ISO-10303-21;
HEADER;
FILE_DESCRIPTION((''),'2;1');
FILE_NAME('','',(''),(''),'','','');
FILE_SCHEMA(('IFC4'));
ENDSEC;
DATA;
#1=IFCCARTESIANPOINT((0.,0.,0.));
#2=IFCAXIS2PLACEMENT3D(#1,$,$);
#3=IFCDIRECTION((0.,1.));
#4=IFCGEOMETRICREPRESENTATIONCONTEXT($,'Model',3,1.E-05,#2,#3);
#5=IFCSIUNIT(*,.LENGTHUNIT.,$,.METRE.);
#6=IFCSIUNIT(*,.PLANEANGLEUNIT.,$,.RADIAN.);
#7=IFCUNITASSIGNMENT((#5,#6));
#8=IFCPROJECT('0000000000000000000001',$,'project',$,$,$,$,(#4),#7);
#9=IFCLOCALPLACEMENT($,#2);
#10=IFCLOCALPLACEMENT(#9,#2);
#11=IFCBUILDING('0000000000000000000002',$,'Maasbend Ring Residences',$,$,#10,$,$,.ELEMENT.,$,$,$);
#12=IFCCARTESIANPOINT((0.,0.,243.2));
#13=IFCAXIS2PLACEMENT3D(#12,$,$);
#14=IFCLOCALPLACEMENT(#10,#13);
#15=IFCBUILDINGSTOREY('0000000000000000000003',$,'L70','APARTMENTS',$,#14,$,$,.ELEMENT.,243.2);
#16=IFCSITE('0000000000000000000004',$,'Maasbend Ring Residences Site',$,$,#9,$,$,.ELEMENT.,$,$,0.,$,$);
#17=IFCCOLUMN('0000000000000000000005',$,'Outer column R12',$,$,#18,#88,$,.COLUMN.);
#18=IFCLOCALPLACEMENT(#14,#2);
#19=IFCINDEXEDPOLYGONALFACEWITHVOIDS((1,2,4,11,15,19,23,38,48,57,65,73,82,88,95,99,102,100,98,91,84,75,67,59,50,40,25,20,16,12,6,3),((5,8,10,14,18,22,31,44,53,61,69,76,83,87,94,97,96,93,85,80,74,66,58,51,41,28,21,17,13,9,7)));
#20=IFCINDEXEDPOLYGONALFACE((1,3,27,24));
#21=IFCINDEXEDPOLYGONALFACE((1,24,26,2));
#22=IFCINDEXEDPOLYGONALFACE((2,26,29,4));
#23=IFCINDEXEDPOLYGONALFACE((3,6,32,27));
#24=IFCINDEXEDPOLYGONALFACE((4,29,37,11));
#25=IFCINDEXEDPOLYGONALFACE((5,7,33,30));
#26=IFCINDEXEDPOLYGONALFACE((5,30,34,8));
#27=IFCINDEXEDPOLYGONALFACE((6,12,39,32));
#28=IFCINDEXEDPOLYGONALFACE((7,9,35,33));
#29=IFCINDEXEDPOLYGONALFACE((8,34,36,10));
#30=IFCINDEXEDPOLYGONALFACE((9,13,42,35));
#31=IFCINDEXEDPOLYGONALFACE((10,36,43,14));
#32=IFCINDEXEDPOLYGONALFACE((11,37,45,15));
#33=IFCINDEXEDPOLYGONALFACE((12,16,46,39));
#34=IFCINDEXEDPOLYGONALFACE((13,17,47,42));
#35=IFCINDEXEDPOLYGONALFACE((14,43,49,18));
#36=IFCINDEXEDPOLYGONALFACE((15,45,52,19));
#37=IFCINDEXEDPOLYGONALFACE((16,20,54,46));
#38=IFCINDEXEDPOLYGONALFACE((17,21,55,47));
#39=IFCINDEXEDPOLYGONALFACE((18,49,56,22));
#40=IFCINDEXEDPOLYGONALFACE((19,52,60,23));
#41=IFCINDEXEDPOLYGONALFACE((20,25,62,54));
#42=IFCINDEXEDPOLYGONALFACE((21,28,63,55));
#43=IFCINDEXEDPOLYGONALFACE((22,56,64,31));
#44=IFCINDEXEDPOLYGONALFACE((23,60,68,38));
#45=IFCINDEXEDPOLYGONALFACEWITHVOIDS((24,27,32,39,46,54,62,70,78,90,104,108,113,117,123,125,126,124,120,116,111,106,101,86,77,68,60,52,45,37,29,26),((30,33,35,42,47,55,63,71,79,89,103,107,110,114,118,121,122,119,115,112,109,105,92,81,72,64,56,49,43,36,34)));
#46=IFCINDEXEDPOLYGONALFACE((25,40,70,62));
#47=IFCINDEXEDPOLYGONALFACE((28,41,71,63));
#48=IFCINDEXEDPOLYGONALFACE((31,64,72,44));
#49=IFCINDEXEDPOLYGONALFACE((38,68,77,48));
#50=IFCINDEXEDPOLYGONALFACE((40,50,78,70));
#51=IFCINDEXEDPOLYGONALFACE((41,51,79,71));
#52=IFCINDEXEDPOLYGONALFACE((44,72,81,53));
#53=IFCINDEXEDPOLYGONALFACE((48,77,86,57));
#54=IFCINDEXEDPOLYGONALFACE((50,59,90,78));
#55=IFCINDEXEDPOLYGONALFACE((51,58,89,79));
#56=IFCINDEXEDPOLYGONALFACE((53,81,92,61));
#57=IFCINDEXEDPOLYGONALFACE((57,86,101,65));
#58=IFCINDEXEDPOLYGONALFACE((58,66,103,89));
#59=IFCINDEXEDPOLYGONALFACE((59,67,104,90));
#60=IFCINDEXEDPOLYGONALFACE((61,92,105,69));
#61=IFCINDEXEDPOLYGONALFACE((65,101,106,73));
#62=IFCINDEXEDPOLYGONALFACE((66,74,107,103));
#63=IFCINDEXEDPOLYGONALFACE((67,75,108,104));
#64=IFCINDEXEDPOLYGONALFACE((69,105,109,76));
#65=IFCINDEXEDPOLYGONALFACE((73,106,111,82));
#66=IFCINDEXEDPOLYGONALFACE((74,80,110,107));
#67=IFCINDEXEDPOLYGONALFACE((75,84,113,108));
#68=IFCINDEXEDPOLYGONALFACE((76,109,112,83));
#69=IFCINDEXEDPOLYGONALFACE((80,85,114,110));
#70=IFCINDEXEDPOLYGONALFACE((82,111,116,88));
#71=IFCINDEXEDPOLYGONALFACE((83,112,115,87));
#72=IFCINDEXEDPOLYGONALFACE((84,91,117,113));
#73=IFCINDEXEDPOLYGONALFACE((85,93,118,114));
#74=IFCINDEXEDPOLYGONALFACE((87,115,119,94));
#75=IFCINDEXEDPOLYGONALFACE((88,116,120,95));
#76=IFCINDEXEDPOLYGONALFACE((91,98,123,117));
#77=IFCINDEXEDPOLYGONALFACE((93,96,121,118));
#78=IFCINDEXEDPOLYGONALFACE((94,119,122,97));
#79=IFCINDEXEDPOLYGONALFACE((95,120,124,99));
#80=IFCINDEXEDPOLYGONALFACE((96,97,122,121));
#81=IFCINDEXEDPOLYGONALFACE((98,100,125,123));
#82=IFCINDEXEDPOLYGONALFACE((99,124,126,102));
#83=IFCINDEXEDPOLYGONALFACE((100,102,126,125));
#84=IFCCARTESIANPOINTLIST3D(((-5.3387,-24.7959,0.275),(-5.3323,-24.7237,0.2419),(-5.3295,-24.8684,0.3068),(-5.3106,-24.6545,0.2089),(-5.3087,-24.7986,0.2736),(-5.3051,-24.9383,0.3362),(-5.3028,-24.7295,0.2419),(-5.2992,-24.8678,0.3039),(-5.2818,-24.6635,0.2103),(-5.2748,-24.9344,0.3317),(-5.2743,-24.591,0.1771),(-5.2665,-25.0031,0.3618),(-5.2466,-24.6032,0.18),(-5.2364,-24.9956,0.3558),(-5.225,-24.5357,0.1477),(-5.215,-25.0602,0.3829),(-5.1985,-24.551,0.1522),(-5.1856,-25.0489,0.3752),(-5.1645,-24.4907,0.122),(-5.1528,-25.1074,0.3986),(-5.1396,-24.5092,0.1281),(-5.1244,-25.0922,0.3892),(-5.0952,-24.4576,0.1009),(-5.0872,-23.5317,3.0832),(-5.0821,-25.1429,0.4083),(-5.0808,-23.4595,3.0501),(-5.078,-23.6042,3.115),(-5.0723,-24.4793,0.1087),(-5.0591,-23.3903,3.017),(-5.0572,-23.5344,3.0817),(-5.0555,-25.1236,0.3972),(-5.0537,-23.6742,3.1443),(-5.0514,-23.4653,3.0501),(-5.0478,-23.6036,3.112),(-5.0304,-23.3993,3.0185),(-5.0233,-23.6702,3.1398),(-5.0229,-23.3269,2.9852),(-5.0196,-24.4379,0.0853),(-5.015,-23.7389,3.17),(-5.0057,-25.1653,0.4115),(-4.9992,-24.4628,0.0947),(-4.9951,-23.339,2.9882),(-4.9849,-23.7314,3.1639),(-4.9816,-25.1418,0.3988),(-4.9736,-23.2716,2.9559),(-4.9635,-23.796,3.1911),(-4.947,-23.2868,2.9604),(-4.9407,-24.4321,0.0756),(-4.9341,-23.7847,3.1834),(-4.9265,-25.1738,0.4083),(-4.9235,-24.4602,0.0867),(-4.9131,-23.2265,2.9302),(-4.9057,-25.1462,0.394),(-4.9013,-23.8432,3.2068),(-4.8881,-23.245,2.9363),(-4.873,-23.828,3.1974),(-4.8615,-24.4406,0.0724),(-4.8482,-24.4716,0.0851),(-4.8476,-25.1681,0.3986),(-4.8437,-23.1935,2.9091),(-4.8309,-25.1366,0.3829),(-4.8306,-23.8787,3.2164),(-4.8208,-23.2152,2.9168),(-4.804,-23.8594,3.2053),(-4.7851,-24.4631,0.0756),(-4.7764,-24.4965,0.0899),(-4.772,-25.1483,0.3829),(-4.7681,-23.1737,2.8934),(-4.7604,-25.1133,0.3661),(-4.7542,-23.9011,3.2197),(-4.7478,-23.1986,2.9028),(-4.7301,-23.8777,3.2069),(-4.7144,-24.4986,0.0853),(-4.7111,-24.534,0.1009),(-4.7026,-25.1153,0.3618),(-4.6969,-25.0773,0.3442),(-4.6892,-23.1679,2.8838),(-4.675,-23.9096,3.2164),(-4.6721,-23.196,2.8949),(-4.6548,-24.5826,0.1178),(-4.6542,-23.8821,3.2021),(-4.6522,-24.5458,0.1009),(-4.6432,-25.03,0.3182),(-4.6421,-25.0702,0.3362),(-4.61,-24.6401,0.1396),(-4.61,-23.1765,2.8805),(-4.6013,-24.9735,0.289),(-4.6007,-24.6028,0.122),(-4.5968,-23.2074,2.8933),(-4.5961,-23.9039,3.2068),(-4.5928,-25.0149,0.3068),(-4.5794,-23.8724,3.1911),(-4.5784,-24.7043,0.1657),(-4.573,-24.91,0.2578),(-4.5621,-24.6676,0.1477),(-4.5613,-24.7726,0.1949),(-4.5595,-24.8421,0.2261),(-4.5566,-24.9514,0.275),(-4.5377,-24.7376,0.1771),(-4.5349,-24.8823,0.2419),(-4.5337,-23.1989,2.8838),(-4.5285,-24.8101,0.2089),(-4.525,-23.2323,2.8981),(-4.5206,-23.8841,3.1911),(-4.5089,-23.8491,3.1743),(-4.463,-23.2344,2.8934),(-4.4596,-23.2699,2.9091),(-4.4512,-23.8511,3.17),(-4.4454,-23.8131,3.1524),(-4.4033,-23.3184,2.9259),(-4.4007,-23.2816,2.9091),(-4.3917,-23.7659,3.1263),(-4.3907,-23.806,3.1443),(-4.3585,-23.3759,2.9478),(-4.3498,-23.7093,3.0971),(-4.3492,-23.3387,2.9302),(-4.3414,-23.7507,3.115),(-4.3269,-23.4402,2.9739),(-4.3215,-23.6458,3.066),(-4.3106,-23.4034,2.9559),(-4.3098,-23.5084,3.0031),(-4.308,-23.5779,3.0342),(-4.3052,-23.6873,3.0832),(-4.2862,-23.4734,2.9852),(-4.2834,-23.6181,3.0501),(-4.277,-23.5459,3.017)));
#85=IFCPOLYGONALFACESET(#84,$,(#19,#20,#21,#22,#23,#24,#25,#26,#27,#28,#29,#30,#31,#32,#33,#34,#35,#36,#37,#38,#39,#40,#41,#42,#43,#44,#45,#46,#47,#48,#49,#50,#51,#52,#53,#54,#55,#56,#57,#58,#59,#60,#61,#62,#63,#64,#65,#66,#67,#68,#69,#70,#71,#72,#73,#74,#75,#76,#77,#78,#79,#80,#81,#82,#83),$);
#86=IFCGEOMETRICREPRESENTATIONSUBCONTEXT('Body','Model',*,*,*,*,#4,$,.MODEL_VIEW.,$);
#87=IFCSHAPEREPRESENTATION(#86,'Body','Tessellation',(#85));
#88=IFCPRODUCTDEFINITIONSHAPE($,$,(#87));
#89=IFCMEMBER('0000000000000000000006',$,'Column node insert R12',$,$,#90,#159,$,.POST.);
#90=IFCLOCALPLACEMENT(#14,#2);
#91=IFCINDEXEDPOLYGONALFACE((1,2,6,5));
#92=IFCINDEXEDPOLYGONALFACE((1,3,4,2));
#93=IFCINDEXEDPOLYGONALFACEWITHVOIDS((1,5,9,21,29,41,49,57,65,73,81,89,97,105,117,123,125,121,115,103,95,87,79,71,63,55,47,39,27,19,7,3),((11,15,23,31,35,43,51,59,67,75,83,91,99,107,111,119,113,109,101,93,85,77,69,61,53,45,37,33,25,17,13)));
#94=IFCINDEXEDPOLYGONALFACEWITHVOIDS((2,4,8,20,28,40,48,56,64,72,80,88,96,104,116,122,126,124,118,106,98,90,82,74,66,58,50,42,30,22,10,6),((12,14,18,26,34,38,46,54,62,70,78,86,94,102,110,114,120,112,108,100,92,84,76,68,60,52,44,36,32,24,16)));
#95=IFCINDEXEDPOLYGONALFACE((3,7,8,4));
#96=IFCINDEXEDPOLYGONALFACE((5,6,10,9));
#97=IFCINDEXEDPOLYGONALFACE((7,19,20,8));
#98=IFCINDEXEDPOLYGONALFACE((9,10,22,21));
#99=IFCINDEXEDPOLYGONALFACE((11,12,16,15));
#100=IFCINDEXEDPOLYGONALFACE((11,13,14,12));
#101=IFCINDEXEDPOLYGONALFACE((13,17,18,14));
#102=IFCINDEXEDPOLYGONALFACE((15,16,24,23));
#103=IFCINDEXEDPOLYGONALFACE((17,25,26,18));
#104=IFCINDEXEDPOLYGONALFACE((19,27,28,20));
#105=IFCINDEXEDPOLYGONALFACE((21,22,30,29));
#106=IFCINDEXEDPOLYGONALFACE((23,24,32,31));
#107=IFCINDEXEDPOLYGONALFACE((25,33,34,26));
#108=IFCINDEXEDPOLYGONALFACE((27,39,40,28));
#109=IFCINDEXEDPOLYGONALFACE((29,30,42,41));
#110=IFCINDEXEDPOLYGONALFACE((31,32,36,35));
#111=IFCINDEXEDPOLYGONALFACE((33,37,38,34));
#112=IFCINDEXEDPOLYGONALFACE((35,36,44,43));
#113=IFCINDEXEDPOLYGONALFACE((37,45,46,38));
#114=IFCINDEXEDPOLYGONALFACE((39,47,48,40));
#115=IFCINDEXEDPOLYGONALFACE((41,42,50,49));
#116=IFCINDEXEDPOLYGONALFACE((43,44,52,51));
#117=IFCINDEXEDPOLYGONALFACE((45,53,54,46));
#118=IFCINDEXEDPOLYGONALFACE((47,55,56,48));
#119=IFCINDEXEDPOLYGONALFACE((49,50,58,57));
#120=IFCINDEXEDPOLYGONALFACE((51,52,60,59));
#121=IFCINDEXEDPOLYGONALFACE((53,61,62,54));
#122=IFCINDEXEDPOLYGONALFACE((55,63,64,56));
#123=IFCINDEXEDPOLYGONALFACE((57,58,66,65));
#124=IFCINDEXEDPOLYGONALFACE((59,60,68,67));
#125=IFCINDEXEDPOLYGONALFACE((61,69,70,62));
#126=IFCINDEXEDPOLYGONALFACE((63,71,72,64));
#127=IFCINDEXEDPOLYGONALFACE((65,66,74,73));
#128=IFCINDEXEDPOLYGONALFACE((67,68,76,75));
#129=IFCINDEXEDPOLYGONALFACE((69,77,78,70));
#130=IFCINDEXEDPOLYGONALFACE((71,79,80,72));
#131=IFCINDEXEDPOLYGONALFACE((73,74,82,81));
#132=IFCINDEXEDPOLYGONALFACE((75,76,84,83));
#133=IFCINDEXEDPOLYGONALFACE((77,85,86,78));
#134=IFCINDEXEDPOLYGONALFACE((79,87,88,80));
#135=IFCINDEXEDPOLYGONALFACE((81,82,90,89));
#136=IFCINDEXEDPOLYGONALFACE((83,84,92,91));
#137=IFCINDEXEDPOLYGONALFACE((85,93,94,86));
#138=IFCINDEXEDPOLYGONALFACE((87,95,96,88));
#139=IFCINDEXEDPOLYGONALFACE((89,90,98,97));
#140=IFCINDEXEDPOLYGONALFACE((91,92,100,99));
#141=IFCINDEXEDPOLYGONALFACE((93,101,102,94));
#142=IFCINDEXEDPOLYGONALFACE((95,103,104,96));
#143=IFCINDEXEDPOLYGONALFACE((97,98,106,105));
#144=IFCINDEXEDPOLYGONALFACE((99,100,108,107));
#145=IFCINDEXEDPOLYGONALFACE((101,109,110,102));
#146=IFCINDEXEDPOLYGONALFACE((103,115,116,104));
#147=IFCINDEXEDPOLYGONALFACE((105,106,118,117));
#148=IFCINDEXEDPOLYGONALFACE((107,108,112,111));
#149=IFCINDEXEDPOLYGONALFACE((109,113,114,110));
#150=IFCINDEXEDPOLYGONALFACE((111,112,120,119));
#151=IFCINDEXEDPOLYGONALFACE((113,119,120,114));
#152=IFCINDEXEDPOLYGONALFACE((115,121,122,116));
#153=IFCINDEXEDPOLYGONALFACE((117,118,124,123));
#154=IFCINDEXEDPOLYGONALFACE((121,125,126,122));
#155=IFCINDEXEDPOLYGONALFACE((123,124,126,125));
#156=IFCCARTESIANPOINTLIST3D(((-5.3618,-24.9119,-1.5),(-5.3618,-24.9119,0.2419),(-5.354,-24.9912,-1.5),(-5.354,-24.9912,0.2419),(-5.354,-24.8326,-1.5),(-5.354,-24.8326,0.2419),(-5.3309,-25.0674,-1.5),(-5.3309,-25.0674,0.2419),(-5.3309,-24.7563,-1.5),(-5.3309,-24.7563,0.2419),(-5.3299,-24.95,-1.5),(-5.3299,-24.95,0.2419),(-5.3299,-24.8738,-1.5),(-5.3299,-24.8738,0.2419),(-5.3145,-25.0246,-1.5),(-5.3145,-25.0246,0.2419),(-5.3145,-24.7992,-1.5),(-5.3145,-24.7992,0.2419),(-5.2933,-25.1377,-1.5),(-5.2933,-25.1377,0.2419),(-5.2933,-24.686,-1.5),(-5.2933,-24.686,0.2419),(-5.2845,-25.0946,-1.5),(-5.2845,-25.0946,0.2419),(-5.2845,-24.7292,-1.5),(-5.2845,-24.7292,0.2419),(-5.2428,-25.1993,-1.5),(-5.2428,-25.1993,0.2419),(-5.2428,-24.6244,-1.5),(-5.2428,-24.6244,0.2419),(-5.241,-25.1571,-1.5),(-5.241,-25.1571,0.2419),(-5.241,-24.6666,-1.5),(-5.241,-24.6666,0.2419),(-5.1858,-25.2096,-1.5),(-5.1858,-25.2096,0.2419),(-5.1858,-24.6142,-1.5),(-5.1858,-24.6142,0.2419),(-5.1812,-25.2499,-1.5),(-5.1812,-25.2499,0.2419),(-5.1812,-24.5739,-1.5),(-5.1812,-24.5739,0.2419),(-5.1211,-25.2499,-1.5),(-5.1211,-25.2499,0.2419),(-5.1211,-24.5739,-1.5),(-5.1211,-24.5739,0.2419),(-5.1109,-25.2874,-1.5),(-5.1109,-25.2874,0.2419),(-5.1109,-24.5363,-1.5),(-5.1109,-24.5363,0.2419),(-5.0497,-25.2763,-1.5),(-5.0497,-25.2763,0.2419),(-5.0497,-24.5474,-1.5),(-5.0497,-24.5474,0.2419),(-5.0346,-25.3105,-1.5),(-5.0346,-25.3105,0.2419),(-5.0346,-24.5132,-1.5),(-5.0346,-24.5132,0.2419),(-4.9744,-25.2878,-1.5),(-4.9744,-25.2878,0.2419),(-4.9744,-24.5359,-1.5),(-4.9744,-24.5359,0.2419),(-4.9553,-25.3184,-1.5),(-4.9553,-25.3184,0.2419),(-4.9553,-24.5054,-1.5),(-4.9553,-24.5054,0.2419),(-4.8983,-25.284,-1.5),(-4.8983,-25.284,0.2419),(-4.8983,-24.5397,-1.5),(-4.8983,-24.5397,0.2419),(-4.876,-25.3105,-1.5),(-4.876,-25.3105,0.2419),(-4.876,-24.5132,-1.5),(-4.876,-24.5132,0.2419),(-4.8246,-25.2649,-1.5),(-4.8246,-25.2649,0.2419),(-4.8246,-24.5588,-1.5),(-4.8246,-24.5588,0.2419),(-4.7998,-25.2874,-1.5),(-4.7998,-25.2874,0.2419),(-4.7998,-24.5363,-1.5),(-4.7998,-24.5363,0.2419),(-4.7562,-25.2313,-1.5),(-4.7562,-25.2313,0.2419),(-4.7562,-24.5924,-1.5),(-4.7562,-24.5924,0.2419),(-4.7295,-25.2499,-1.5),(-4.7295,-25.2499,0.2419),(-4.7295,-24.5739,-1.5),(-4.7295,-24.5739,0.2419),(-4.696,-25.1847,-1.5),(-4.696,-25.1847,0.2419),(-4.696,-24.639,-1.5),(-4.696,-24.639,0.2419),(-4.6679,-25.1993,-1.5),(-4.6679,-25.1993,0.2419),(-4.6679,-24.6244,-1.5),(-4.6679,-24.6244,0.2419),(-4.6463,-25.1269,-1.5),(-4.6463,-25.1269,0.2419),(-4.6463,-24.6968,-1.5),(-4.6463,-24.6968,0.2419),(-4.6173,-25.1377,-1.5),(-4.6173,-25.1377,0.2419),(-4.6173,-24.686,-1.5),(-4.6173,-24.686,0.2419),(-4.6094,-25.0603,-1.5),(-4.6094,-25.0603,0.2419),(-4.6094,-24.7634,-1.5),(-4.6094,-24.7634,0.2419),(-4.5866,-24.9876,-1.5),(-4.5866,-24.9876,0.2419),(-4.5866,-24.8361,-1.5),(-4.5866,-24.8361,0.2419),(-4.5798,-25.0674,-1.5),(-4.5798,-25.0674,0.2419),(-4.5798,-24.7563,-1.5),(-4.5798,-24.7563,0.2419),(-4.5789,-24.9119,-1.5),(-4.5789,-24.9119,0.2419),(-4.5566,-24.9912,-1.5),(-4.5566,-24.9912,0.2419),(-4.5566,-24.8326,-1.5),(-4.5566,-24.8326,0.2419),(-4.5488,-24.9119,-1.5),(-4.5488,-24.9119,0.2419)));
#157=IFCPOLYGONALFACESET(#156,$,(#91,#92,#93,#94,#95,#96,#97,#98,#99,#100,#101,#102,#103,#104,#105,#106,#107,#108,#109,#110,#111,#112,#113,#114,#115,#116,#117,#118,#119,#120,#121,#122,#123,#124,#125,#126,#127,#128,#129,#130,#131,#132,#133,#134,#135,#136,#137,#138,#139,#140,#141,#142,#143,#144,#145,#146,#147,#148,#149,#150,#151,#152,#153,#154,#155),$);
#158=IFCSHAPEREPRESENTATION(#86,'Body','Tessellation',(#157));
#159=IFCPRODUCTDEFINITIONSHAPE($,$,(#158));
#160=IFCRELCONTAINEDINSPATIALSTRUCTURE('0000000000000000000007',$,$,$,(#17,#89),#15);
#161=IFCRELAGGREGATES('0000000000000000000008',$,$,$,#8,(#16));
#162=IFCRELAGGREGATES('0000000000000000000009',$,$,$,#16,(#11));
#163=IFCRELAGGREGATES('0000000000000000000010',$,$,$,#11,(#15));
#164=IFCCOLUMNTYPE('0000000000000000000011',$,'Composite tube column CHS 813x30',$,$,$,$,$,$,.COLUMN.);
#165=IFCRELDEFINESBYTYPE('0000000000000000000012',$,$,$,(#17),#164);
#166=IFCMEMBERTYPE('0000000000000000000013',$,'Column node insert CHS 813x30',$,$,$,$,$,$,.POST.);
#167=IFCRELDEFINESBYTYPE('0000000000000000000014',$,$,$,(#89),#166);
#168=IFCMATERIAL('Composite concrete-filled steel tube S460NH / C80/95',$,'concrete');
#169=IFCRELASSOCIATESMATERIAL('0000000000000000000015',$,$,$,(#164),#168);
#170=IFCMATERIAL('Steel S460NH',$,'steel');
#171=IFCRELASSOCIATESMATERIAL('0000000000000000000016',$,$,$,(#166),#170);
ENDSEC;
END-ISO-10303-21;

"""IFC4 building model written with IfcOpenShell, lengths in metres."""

from ifc_helpers import new_model, si_unit, direction, frame, origin, origin_2d, place, context, subcontext, project, spatial, hollow_circle, extrude, material, material_profile, profile_set, type_object, element, save


model = new_model("IFC4")

# Units and contexts
model_context = context("Model", 3, precision=1e-05, world=origin(), true_north=direction((0.0, 1.0)))
body_context = subcontext(model_context, "Body", "Model", "MODEL_VIEW")
ifc_project = project(units=[si_unit("LENGTHUNIT", "METRE"), si_unit("PLANEANGLEUNIT", "RADIAN")], contexts=[model_context])

# Site, building, storey
site_placement = place(None, origin())
site = spatial("IfcSite", under=ifc_project, at=site_placement, Name="Maasbend Ring Residences Site", CompositionType="ELEMENT", RefElevation=0.0)
building_placement = place(site_placement, origin())
building = spatial("IfcBuilding", under=site, at=building_placement, Name="Maasbend Ring Residences", CompositionType="ELEMENT")
storey_placement = place(building_placement, frame((0.0, 0.0, 243.2)))
storey = spatial("IfcBuildingStorey", under=building, at=storey_placement, Name="L70", Description="APARTMENTS", CompositionType="ELEMENT", Elevation=243.2)

# Column
ifc_material_1 = material(Name="Composite concrete-filled steel tube S460NH / C80/95", Category="concrete")
ifc_material_profile_1 = material_profile(ifc_material_1, hollow_circle(Radius=0.4065, WallThickness=0.03, at=origin_2d()), Name="Composite tube column CHS 813x30")
ifc_profile_set_1 = profile_set([ifc_material_profile_1], Name="Composite concrete-filled steel tube S460NH / C80/95")
column_type = type_object("IfcColumnType", Name="Composite tube column CHS 813x30", PredefinedType="COLUMN", material=ifc_profile_set_1)
column_placement = place(storey_placement, frame((-4.9336, -24.803, 0.2419), z_axis=(0.081386, 0.409141, 0.908834), x_axis=(-0.980784, 0.195096, 0.0)))
element("IfcColumn", 1, at=column_placement, inside=storey, type_object=column_type, Name="Outer column R12", PredefinedType="COLUMN", context=body_context, shape_type="SweptSolid", body=[
    extrude(hollow_circle(Radius=0.4065, WallThickness=0.03, at=origin_2d()), origin(), (0.0, 0.0, 1.0), 3.0898),
])

# Member
ifc_material_2 = material(Name="Steel S460NH", Category="steel")
ifc_material_profile_2 = material_profile(ifc_material_2, hollow_circle(Radius=0.4065, WallThickness=0.03, at=origin_2d()), Name="Column node insert CHS 813x30")
ifc_profile_set_2 = profile_set([ifc_material_profile_2], Name="Steel S460NH")
member_type = type_object("IfcMemberType", Name="Column node insert CHS 813x30", PredefinedType="POST", material=ifc_profile_set_2)
member_placement = place(storey_placement, frame((-4.9553, -24.9119, -1.5), z_axis=(0.0, 0.0, 1.0), x_axis=(1.0, 0.0, 0.0)))
element("IfcMember", 2, at=member_placement, inside=storey, type_object=member_type, Name="Column node insert R12", PredefinedType="POST", context=body_context, shape_type="SweptSolid", body=[
    extrude(hollow_circle(Radius=0.4065, WallThickness=0.03, at=origin_2d()), origin(), (0.0, 0.0, 1.0), 1.7419),
])

save(model, "model.ifc")
